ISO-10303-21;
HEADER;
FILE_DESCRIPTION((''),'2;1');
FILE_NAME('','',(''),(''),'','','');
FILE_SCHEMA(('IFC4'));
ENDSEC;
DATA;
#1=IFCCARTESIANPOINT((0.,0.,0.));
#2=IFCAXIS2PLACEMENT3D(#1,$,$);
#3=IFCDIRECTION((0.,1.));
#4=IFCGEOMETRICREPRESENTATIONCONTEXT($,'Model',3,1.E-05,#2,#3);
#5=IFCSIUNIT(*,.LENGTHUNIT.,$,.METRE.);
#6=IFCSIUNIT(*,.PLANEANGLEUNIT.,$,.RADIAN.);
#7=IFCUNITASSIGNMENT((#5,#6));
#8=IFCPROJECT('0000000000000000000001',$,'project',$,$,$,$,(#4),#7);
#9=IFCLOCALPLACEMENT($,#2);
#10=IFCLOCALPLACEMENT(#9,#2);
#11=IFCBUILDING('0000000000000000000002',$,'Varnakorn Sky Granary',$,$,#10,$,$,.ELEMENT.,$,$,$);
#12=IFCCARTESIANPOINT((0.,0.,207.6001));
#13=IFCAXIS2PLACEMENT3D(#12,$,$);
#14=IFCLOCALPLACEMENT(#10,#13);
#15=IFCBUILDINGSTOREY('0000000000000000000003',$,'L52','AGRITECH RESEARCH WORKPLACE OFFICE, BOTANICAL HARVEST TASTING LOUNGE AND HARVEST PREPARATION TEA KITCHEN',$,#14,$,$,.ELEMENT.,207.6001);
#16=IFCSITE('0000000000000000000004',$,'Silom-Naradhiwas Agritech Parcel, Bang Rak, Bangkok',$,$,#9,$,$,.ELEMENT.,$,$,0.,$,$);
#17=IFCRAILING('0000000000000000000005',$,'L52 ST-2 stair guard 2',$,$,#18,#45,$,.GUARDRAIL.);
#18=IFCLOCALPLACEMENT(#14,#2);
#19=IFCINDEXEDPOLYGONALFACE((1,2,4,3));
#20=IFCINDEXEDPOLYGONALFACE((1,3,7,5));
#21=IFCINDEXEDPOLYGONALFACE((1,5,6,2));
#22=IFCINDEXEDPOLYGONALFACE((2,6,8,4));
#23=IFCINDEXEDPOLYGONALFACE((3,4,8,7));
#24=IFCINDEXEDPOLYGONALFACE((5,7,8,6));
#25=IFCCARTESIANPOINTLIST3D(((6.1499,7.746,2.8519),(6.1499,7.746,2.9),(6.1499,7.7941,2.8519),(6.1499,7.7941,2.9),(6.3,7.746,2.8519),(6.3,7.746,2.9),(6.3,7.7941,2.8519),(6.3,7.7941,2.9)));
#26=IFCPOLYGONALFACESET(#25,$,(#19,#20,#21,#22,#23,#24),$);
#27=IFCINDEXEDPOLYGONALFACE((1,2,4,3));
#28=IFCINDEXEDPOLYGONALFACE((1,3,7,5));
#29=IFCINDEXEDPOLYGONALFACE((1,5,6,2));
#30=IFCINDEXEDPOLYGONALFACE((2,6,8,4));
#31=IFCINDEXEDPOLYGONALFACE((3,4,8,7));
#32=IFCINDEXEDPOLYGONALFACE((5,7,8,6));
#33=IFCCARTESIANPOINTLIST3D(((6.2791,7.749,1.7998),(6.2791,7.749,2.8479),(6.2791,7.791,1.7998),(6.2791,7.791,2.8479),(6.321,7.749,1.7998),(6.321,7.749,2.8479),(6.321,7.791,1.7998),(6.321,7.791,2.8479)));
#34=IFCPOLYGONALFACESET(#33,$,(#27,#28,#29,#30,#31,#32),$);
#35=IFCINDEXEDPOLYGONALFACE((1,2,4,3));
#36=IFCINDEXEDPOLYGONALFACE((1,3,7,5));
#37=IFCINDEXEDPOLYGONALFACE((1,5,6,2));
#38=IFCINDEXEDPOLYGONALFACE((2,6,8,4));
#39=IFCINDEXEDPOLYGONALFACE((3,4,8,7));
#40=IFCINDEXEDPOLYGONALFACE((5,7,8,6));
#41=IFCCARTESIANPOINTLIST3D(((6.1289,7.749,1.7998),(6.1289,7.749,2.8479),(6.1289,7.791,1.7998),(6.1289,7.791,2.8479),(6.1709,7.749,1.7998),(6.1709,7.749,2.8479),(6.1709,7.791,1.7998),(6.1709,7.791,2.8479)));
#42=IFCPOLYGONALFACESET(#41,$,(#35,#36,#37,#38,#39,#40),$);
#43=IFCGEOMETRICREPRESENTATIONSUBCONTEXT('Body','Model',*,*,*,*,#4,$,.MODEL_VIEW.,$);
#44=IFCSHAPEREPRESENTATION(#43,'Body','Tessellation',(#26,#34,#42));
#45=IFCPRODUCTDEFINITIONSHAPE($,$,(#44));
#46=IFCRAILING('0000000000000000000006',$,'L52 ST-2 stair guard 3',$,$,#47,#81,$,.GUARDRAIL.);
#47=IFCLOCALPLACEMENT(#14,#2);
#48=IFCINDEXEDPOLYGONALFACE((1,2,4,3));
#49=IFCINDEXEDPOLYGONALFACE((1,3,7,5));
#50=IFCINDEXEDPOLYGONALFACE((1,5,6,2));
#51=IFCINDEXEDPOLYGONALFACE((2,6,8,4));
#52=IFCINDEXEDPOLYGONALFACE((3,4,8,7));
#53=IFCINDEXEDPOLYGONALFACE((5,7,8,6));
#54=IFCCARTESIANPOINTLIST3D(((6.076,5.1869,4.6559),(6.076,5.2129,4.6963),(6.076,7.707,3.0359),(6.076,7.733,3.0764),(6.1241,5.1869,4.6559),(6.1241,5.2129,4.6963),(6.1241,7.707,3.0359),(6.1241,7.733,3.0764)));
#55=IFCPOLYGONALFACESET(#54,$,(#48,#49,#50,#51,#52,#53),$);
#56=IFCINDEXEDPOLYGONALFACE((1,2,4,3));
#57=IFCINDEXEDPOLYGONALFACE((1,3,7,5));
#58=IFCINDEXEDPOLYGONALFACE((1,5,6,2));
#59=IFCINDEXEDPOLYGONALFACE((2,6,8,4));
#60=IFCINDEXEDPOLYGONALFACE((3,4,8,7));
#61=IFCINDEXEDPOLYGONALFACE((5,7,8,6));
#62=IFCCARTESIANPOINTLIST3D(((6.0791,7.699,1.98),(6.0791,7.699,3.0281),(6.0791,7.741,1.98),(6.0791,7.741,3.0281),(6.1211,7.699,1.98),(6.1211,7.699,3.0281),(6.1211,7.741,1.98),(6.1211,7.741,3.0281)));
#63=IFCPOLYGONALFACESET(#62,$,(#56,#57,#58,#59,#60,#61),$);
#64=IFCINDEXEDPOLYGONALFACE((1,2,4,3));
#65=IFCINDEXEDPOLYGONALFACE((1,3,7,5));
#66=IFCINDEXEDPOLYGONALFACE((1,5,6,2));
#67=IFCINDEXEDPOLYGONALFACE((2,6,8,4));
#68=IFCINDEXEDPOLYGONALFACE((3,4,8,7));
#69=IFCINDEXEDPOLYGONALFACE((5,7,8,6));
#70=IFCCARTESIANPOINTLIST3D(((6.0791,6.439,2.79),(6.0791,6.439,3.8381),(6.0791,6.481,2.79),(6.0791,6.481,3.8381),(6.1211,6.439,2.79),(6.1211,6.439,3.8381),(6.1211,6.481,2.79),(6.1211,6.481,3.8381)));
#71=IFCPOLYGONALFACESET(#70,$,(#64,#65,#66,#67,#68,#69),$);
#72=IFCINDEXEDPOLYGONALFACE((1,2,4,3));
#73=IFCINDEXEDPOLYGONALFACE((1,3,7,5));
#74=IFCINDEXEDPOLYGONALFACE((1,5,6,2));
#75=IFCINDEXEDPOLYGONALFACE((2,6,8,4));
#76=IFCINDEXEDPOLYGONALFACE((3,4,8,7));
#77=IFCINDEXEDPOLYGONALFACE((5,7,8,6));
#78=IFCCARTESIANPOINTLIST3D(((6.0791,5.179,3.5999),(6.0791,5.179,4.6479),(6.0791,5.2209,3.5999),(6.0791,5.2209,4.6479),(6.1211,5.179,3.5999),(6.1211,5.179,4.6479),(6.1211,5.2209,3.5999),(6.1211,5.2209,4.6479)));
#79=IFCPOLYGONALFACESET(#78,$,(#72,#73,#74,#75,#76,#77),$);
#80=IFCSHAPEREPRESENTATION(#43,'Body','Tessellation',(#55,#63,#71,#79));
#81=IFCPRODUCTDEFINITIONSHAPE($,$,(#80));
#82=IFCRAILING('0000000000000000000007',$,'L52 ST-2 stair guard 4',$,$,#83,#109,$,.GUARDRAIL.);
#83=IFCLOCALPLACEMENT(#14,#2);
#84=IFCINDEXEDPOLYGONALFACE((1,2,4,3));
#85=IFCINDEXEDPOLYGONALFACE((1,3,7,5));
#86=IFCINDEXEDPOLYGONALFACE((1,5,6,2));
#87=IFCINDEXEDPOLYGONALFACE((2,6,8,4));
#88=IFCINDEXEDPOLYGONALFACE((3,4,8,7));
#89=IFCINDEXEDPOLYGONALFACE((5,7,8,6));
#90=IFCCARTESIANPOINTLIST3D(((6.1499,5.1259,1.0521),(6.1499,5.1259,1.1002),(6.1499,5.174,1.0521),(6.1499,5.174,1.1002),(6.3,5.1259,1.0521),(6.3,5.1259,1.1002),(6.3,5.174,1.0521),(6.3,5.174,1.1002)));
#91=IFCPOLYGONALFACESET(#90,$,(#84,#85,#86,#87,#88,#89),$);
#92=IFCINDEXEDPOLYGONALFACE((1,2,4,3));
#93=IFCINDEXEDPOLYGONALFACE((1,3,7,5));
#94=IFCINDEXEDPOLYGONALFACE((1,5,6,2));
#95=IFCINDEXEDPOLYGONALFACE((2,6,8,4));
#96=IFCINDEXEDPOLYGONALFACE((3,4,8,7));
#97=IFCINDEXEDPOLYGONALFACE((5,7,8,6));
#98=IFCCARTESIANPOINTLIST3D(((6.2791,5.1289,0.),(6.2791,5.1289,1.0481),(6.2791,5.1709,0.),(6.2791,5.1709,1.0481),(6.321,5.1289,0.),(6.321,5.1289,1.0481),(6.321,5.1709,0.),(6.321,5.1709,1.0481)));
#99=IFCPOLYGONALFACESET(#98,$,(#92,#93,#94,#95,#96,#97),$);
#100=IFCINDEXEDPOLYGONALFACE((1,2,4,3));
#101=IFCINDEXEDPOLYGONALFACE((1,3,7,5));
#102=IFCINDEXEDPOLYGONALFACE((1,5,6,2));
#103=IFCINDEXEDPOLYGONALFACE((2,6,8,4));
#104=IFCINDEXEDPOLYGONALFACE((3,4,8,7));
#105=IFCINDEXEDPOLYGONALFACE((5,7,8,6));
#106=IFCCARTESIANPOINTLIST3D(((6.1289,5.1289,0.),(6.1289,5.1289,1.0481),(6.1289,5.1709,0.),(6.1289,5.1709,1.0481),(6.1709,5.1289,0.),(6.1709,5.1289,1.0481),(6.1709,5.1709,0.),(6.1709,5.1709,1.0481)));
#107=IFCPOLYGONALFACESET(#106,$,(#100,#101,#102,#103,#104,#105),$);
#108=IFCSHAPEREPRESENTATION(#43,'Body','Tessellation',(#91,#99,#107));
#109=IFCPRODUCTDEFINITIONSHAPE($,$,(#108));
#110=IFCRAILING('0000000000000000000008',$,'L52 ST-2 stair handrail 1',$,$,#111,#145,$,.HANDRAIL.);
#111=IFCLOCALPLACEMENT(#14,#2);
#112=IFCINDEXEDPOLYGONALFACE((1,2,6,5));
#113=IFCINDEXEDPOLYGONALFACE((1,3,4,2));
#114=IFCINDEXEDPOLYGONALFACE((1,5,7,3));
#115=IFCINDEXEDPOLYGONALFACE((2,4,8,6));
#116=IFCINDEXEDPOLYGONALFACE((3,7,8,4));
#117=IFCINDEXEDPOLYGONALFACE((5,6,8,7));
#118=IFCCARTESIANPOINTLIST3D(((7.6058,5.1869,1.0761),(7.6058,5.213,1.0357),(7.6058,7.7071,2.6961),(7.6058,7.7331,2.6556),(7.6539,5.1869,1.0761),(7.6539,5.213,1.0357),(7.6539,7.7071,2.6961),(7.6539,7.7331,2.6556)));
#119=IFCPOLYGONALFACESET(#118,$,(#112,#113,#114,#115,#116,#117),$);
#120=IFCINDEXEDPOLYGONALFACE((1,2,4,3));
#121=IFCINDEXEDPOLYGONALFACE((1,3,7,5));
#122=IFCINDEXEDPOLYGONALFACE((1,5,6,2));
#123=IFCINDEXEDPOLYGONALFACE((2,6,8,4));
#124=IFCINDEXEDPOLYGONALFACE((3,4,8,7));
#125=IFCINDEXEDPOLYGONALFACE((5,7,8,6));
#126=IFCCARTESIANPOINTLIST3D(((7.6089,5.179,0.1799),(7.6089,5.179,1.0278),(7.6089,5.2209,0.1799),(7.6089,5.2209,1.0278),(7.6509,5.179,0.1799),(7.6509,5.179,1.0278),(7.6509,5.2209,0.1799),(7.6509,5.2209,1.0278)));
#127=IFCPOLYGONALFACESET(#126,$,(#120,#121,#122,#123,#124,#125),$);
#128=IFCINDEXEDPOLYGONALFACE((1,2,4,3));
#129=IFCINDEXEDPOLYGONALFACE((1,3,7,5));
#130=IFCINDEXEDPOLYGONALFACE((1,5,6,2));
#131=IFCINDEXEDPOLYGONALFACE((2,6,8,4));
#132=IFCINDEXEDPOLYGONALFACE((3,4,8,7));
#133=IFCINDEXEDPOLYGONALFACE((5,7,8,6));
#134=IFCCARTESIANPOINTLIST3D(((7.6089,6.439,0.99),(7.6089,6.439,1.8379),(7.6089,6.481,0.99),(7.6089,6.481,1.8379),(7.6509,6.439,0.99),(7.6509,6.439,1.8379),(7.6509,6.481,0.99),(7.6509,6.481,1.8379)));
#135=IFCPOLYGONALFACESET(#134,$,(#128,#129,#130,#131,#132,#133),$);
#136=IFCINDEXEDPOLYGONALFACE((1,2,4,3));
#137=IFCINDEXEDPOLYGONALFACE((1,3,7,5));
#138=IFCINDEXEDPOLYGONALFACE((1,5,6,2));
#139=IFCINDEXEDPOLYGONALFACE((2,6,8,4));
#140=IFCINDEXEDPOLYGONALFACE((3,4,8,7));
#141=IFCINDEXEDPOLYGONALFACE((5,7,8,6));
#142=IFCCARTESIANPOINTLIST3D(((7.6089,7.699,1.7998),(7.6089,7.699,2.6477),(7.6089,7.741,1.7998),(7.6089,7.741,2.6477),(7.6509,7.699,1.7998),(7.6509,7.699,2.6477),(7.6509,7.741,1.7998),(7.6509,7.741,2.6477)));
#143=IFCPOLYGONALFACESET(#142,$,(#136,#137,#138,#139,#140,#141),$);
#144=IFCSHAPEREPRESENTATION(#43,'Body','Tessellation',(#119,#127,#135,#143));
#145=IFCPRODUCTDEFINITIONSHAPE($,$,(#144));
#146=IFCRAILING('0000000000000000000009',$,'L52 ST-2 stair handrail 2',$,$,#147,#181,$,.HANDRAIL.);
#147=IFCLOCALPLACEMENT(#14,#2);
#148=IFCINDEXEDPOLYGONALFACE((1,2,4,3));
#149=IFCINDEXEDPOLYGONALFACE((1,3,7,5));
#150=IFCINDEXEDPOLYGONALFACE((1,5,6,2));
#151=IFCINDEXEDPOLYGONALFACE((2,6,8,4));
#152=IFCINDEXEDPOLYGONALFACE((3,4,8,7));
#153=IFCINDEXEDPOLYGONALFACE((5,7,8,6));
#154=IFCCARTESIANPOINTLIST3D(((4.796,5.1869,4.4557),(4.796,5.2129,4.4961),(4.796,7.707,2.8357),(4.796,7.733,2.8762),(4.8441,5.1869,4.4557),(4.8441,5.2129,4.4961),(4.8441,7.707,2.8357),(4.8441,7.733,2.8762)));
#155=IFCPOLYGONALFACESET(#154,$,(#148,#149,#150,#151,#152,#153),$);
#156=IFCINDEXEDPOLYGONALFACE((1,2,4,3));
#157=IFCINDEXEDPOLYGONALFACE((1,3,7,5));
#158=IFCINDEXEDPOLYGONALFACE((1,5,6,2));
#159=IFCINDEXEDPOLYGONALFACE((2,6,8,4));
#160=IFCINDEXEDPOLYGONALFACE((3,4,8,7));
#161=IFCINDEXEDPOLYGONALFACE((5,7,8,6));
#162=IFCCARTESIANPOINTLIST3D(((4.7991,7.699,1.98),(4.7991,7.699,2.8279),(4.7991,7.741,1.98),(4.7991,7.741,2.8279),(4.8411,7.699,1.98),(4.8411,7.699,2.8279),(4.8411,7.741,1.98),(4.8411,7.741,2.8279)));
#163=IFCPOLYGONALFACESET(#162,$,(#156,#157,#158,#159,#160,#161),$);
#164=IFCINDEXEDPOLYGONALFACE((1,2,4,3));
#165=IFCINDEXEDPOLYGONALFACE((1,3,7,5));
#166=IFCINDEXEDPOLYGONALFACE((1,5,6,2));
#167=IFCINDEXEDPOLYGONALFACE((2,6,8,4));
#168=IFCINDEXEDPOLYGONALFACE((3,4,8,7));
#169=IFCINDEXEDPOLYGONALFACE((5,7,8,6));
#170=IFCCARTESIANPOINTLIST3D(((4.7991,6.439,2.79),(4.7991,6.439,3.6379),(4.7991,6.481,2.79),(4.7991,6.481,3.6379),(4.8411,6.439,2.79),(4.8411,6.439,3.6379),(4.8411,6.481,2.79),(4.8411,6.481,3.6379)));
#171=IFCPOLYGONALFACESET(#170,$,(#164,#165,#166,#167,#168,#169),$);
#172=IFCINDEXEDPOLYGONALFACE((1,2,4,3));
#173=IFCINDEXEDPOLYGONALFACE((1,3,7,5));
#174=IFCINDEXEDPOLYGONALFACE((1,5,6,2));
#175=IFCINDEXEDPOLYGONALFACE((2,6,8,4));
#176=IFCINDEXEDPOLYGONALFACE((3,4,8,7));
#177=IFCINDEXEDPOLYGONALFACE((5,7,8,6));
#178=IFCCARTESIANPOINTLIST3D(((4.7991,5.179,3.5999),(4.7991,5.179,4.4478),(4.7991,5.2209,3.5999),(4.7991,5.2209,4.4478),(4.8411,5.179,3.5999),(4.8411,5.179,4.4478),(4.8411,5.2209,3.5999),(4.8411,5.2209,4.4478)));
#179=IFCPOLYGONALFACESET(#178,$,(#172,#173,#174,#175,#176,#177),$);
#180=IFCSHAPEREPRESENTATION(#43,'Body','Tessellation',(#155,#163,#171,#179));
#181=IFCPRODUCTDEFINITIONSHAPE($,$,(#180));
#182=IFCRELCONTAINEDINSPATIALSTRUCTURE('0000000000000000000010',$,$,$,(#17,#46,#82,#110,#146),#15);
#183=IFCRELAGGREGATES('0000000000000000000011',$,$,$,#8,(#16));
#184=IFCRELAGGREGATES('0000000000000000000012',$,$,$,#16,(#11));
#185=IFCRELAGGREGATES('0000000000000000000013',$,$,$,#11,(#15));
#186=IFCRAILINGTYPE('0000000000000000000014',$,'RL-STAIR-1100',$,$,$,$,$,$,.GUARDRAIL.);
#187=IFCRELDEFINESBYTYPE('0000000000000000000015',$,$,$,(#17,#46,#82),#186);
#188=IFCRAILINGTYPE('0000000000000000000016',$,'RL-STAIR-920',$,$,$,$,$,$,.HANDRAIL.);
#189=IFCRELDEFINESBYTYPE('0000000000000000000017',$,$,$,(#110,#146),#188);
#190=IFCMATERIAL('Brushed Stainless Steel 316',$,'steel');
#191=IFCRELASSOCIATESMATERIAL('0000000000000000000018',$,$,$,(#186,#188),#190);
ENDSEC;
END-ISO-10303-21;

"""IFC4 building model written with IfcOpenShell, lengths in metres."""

from ifc_helpers import new_model, si_unit, direction, frame, origin, origin_2d, place, context, subcontext, project, spatial, rectangle, extrude, material, type_object, element, save


model = new_model("IFC4")

# Units and contexts
model_context = context("Model", 3, precision=1e-05, world=origin(), true_north=direction((0.0, 1.0)))
body_context = subcontext(model_context, "Body", "Model", "MODEL_VIEW")
ifc_project = project(units=[si_unit("LENGTHUNIT", "METRE"), si_unit("PLANEANGLEUNIT", "RADIAN")], contexts=[model_context])

# Site, building, storey
site_placement = place(None, origin())
site = spatial("IfcSite", under=ifc_project, at=site_placement, Name="Silom-Naradhiwas Agritech Parcel, Bang Rak, Bangkok", CompositionType="ELEMENT", RefElevation=0.0)
building_placement = place(site_placement, origin())
building = spatial("IfcBuilding", under=site, at=building_placement, Name="Varnakorn Sky Granary", CompositionType="ELEMENT")
storey_placement = place(building_placement, frame((0.0, 0.0, 207.6001)))
storey = spatial("IfcBuildingStorey", under=building, at=storey_placement, Name="L52", Description="AGRITECH RESEARCH WORKPLACE OFFICE, BOTANICAL HARVEST TASTING LOUNGE AND HARVEST PREPARATION TEA KITCHEN", CompositionType="ELEMENT", Elevation=207.6001)

# Railings
ifc_material_1 = material(Name="Brushed Stainless Steel 316", Category="steel")
railing_type_1 = type_object("IfcRailingType", Name="RL-STAIR-1100", PredefinedType="GUARDRAIL", material=ifc_material_1)
railing_1_placement = place(storey_placement, frame((6.3, 7.77, 1.7998)))
element("IfcRailing", 1, at=railing_1_placement, inside=storey, type_object=railing_type_1, Name="L52 ST-2 stair guard 2", PredefinedType="GUARDRAIL", context=body_context, shape_type="SweptSolid", body=[
    extrude(rectangle(XDim=0.0481, YDim=0.0481, at=origin_2d()), frame((0.0, 0.0, 1.0762), z_axis=(-1.0, 0.0, 0.0), x_axis=(0.0, -1.0, 0.0)), (0.0, 0.0, 1.0), 0.1501),
    extrude(rectangle(XDim=0.042, YDim=0.042, at=origin_2d()), origin(), (0.0, 0.0, 1.0), 1.0481),
    extrude(rectangle(XDim=0.042, YDim=0.042, at=origin_2d()), frame((-0.1501, 0.0, 0.0)), (0.0, 0.0, 1.0), 1.0481),
])
railing_2_placement = place(storey_placement, frame((6.1001, 7.72, 1.98)))
element("IfcRailing", 2, at=railing_2_placement, inside=storey, type_object=railing_type_1, Name="L52 ST-2 stair guard 3", PredefinedType="GUARDRAIL", context=body_context, shape_type="SweptSolid", body=[
    extrude(rectangle(XDim=0.0481, YDim=0.0481, at=origin_2d()), frame((0.0, 0.0, 1.0762), z_axis=(0.0, -0.8412, 0.540725), x_axis=(1.0, 0.0, 0.0)), (0.0, 0.0, 1.0), 2.9958),
    extrude(rectangle(XDim=0.042, YDim=0.042, at=origin_2d()), origin(), (0.0, 0.0, 1.0), 1.0481),
    extrude(rectangle(XDim=0.042, YDim=0.042, at=origin_2d()), frame((0.0, -1.26, 0.8101)), (0.0, 0.0, 1.0), 1.0481),
    extrude(rectangle(XDim=0.042, YDim=0.042, at=origin_2d()), frame((0.0, -2.52, 1.6199)), (0.0, 0.0, 1.0), 1.0481),
])
railing_3_placement = place(storey_placement, frame((6.3, 5.1499, 0.0)))
element("IfcRailing", 3, at=railing_3_placement, inside=storey, type_object=railing_type_1, Name="L52 ST-2 stair guard 4", PredefinedType="GUARDRAIL", context=body_context, shape_type="SweptSolid", body=[
    extrude(rectangle(XDim=0.0481, YDim=0.0481, at=origin_2d()), frame((0.0, 0.0, 1.0762), z_axis=(-1.0, 0.0, 0.0), x_axis=(0.0, -1.0, 0.0)), (0.0, 0.0, 1.0), 0.1501),
    extrude(rectangle(XDim=0.042, YDim=0.042, at=origin_2d()), origin(), (0.0, 0.0, 1.0), 1.0481),
    extrude(rectangle(XDim=0.042, YDim=0.042, at=origin_2d()), frame((-0.1501, 0.0, 0.0)), (0.0, 0.0, 1.0), 1.0481),
])
railing_type_2 = type_object("IfcRailingType", Name="RL-STAIR-920", PredefinedType="HANDRAIL", material=ifc_material_1)
railing_4_placement = place(storey_placement, frame((7.6299, 5.2, 0.1799)))
element("IfcRailing", 4, at=railing_4_placement, inside=storey, type_object=railing_type_2, Name="L52 ST-2 stair handrail 1", PredefinedType="HANDRAIL", context=body_context, shape_type="SweptSolid", body=[
    extrude(rectangle(XDim=0.0481, YDim=0.0481, at=origin_2d()), frame((0.0, 0.0, 0.876), z_axis=(0.0, 0.8412, 0.540725), x_axis=(-1.0, 0.0, 0.0)), (0.0, 0.0, 1.0), 2.9958),
    extrude(rectangle(XDim=0.042, YDim=0.042, at=origin_2d()), origin(), (0.0, 0.0, 1.0), 0.8479),
    extrude(rectangle(XDim=0.042, YDim=0.042, at=origin_2d()), frame((0.0, 1.26, 0.8101)), (0.0, 0.0, 1.0), 0.8479),
    extrude(rectangle(XDim=0.042, YDim=0.042, at=origin_2d()), frame((0.0, 2.52, 1.6199)), (0.0, 0.0, 1.0), 0.8479),
])
railing_5_placement = place(storey_placement, frame((4.8201, 7.72, 1.98)))
element("IfcRailing", 5, at=railing_5_placement, inside=storey, type_object=railing_type_2, Name="L52 ST-2 stair handrail 2", PredefinedType="HANDRAIL", context=body_context, shape_type="SweptSolid", body=[
    extrude(rectangle(XDim=0.0481, YDim=0.0481, at=origin_2d()), frame((0.0, 0.0, 0.876), z_axis=(0.0, -0.8412, 0.540725), x_axis=(1.0, 0.0, 0.0)), (0.0, 0.0, 1.0), 2.9958),
    extrude(rectangle(XDim=0.042, YDim=0.042, at=origin_2d()), origin(), (0.0, 0.0, 1.0), 0.8479),
    extrude(rectangle(XDim=0.042, YDim=0.042, at=origin_2d()), frame((0.0, -1.26, 0.8101)), (0.0, 0.0, 1.0), 0.8479),
    extrude(rectangle(XDim=0.042, YDim=0.042, at=origin_2d()), frame((0.0, -2.52, 1.6199)), (0.0, 0.0, 1.0), 0.8479),
])

save(model, "model.ifc")
